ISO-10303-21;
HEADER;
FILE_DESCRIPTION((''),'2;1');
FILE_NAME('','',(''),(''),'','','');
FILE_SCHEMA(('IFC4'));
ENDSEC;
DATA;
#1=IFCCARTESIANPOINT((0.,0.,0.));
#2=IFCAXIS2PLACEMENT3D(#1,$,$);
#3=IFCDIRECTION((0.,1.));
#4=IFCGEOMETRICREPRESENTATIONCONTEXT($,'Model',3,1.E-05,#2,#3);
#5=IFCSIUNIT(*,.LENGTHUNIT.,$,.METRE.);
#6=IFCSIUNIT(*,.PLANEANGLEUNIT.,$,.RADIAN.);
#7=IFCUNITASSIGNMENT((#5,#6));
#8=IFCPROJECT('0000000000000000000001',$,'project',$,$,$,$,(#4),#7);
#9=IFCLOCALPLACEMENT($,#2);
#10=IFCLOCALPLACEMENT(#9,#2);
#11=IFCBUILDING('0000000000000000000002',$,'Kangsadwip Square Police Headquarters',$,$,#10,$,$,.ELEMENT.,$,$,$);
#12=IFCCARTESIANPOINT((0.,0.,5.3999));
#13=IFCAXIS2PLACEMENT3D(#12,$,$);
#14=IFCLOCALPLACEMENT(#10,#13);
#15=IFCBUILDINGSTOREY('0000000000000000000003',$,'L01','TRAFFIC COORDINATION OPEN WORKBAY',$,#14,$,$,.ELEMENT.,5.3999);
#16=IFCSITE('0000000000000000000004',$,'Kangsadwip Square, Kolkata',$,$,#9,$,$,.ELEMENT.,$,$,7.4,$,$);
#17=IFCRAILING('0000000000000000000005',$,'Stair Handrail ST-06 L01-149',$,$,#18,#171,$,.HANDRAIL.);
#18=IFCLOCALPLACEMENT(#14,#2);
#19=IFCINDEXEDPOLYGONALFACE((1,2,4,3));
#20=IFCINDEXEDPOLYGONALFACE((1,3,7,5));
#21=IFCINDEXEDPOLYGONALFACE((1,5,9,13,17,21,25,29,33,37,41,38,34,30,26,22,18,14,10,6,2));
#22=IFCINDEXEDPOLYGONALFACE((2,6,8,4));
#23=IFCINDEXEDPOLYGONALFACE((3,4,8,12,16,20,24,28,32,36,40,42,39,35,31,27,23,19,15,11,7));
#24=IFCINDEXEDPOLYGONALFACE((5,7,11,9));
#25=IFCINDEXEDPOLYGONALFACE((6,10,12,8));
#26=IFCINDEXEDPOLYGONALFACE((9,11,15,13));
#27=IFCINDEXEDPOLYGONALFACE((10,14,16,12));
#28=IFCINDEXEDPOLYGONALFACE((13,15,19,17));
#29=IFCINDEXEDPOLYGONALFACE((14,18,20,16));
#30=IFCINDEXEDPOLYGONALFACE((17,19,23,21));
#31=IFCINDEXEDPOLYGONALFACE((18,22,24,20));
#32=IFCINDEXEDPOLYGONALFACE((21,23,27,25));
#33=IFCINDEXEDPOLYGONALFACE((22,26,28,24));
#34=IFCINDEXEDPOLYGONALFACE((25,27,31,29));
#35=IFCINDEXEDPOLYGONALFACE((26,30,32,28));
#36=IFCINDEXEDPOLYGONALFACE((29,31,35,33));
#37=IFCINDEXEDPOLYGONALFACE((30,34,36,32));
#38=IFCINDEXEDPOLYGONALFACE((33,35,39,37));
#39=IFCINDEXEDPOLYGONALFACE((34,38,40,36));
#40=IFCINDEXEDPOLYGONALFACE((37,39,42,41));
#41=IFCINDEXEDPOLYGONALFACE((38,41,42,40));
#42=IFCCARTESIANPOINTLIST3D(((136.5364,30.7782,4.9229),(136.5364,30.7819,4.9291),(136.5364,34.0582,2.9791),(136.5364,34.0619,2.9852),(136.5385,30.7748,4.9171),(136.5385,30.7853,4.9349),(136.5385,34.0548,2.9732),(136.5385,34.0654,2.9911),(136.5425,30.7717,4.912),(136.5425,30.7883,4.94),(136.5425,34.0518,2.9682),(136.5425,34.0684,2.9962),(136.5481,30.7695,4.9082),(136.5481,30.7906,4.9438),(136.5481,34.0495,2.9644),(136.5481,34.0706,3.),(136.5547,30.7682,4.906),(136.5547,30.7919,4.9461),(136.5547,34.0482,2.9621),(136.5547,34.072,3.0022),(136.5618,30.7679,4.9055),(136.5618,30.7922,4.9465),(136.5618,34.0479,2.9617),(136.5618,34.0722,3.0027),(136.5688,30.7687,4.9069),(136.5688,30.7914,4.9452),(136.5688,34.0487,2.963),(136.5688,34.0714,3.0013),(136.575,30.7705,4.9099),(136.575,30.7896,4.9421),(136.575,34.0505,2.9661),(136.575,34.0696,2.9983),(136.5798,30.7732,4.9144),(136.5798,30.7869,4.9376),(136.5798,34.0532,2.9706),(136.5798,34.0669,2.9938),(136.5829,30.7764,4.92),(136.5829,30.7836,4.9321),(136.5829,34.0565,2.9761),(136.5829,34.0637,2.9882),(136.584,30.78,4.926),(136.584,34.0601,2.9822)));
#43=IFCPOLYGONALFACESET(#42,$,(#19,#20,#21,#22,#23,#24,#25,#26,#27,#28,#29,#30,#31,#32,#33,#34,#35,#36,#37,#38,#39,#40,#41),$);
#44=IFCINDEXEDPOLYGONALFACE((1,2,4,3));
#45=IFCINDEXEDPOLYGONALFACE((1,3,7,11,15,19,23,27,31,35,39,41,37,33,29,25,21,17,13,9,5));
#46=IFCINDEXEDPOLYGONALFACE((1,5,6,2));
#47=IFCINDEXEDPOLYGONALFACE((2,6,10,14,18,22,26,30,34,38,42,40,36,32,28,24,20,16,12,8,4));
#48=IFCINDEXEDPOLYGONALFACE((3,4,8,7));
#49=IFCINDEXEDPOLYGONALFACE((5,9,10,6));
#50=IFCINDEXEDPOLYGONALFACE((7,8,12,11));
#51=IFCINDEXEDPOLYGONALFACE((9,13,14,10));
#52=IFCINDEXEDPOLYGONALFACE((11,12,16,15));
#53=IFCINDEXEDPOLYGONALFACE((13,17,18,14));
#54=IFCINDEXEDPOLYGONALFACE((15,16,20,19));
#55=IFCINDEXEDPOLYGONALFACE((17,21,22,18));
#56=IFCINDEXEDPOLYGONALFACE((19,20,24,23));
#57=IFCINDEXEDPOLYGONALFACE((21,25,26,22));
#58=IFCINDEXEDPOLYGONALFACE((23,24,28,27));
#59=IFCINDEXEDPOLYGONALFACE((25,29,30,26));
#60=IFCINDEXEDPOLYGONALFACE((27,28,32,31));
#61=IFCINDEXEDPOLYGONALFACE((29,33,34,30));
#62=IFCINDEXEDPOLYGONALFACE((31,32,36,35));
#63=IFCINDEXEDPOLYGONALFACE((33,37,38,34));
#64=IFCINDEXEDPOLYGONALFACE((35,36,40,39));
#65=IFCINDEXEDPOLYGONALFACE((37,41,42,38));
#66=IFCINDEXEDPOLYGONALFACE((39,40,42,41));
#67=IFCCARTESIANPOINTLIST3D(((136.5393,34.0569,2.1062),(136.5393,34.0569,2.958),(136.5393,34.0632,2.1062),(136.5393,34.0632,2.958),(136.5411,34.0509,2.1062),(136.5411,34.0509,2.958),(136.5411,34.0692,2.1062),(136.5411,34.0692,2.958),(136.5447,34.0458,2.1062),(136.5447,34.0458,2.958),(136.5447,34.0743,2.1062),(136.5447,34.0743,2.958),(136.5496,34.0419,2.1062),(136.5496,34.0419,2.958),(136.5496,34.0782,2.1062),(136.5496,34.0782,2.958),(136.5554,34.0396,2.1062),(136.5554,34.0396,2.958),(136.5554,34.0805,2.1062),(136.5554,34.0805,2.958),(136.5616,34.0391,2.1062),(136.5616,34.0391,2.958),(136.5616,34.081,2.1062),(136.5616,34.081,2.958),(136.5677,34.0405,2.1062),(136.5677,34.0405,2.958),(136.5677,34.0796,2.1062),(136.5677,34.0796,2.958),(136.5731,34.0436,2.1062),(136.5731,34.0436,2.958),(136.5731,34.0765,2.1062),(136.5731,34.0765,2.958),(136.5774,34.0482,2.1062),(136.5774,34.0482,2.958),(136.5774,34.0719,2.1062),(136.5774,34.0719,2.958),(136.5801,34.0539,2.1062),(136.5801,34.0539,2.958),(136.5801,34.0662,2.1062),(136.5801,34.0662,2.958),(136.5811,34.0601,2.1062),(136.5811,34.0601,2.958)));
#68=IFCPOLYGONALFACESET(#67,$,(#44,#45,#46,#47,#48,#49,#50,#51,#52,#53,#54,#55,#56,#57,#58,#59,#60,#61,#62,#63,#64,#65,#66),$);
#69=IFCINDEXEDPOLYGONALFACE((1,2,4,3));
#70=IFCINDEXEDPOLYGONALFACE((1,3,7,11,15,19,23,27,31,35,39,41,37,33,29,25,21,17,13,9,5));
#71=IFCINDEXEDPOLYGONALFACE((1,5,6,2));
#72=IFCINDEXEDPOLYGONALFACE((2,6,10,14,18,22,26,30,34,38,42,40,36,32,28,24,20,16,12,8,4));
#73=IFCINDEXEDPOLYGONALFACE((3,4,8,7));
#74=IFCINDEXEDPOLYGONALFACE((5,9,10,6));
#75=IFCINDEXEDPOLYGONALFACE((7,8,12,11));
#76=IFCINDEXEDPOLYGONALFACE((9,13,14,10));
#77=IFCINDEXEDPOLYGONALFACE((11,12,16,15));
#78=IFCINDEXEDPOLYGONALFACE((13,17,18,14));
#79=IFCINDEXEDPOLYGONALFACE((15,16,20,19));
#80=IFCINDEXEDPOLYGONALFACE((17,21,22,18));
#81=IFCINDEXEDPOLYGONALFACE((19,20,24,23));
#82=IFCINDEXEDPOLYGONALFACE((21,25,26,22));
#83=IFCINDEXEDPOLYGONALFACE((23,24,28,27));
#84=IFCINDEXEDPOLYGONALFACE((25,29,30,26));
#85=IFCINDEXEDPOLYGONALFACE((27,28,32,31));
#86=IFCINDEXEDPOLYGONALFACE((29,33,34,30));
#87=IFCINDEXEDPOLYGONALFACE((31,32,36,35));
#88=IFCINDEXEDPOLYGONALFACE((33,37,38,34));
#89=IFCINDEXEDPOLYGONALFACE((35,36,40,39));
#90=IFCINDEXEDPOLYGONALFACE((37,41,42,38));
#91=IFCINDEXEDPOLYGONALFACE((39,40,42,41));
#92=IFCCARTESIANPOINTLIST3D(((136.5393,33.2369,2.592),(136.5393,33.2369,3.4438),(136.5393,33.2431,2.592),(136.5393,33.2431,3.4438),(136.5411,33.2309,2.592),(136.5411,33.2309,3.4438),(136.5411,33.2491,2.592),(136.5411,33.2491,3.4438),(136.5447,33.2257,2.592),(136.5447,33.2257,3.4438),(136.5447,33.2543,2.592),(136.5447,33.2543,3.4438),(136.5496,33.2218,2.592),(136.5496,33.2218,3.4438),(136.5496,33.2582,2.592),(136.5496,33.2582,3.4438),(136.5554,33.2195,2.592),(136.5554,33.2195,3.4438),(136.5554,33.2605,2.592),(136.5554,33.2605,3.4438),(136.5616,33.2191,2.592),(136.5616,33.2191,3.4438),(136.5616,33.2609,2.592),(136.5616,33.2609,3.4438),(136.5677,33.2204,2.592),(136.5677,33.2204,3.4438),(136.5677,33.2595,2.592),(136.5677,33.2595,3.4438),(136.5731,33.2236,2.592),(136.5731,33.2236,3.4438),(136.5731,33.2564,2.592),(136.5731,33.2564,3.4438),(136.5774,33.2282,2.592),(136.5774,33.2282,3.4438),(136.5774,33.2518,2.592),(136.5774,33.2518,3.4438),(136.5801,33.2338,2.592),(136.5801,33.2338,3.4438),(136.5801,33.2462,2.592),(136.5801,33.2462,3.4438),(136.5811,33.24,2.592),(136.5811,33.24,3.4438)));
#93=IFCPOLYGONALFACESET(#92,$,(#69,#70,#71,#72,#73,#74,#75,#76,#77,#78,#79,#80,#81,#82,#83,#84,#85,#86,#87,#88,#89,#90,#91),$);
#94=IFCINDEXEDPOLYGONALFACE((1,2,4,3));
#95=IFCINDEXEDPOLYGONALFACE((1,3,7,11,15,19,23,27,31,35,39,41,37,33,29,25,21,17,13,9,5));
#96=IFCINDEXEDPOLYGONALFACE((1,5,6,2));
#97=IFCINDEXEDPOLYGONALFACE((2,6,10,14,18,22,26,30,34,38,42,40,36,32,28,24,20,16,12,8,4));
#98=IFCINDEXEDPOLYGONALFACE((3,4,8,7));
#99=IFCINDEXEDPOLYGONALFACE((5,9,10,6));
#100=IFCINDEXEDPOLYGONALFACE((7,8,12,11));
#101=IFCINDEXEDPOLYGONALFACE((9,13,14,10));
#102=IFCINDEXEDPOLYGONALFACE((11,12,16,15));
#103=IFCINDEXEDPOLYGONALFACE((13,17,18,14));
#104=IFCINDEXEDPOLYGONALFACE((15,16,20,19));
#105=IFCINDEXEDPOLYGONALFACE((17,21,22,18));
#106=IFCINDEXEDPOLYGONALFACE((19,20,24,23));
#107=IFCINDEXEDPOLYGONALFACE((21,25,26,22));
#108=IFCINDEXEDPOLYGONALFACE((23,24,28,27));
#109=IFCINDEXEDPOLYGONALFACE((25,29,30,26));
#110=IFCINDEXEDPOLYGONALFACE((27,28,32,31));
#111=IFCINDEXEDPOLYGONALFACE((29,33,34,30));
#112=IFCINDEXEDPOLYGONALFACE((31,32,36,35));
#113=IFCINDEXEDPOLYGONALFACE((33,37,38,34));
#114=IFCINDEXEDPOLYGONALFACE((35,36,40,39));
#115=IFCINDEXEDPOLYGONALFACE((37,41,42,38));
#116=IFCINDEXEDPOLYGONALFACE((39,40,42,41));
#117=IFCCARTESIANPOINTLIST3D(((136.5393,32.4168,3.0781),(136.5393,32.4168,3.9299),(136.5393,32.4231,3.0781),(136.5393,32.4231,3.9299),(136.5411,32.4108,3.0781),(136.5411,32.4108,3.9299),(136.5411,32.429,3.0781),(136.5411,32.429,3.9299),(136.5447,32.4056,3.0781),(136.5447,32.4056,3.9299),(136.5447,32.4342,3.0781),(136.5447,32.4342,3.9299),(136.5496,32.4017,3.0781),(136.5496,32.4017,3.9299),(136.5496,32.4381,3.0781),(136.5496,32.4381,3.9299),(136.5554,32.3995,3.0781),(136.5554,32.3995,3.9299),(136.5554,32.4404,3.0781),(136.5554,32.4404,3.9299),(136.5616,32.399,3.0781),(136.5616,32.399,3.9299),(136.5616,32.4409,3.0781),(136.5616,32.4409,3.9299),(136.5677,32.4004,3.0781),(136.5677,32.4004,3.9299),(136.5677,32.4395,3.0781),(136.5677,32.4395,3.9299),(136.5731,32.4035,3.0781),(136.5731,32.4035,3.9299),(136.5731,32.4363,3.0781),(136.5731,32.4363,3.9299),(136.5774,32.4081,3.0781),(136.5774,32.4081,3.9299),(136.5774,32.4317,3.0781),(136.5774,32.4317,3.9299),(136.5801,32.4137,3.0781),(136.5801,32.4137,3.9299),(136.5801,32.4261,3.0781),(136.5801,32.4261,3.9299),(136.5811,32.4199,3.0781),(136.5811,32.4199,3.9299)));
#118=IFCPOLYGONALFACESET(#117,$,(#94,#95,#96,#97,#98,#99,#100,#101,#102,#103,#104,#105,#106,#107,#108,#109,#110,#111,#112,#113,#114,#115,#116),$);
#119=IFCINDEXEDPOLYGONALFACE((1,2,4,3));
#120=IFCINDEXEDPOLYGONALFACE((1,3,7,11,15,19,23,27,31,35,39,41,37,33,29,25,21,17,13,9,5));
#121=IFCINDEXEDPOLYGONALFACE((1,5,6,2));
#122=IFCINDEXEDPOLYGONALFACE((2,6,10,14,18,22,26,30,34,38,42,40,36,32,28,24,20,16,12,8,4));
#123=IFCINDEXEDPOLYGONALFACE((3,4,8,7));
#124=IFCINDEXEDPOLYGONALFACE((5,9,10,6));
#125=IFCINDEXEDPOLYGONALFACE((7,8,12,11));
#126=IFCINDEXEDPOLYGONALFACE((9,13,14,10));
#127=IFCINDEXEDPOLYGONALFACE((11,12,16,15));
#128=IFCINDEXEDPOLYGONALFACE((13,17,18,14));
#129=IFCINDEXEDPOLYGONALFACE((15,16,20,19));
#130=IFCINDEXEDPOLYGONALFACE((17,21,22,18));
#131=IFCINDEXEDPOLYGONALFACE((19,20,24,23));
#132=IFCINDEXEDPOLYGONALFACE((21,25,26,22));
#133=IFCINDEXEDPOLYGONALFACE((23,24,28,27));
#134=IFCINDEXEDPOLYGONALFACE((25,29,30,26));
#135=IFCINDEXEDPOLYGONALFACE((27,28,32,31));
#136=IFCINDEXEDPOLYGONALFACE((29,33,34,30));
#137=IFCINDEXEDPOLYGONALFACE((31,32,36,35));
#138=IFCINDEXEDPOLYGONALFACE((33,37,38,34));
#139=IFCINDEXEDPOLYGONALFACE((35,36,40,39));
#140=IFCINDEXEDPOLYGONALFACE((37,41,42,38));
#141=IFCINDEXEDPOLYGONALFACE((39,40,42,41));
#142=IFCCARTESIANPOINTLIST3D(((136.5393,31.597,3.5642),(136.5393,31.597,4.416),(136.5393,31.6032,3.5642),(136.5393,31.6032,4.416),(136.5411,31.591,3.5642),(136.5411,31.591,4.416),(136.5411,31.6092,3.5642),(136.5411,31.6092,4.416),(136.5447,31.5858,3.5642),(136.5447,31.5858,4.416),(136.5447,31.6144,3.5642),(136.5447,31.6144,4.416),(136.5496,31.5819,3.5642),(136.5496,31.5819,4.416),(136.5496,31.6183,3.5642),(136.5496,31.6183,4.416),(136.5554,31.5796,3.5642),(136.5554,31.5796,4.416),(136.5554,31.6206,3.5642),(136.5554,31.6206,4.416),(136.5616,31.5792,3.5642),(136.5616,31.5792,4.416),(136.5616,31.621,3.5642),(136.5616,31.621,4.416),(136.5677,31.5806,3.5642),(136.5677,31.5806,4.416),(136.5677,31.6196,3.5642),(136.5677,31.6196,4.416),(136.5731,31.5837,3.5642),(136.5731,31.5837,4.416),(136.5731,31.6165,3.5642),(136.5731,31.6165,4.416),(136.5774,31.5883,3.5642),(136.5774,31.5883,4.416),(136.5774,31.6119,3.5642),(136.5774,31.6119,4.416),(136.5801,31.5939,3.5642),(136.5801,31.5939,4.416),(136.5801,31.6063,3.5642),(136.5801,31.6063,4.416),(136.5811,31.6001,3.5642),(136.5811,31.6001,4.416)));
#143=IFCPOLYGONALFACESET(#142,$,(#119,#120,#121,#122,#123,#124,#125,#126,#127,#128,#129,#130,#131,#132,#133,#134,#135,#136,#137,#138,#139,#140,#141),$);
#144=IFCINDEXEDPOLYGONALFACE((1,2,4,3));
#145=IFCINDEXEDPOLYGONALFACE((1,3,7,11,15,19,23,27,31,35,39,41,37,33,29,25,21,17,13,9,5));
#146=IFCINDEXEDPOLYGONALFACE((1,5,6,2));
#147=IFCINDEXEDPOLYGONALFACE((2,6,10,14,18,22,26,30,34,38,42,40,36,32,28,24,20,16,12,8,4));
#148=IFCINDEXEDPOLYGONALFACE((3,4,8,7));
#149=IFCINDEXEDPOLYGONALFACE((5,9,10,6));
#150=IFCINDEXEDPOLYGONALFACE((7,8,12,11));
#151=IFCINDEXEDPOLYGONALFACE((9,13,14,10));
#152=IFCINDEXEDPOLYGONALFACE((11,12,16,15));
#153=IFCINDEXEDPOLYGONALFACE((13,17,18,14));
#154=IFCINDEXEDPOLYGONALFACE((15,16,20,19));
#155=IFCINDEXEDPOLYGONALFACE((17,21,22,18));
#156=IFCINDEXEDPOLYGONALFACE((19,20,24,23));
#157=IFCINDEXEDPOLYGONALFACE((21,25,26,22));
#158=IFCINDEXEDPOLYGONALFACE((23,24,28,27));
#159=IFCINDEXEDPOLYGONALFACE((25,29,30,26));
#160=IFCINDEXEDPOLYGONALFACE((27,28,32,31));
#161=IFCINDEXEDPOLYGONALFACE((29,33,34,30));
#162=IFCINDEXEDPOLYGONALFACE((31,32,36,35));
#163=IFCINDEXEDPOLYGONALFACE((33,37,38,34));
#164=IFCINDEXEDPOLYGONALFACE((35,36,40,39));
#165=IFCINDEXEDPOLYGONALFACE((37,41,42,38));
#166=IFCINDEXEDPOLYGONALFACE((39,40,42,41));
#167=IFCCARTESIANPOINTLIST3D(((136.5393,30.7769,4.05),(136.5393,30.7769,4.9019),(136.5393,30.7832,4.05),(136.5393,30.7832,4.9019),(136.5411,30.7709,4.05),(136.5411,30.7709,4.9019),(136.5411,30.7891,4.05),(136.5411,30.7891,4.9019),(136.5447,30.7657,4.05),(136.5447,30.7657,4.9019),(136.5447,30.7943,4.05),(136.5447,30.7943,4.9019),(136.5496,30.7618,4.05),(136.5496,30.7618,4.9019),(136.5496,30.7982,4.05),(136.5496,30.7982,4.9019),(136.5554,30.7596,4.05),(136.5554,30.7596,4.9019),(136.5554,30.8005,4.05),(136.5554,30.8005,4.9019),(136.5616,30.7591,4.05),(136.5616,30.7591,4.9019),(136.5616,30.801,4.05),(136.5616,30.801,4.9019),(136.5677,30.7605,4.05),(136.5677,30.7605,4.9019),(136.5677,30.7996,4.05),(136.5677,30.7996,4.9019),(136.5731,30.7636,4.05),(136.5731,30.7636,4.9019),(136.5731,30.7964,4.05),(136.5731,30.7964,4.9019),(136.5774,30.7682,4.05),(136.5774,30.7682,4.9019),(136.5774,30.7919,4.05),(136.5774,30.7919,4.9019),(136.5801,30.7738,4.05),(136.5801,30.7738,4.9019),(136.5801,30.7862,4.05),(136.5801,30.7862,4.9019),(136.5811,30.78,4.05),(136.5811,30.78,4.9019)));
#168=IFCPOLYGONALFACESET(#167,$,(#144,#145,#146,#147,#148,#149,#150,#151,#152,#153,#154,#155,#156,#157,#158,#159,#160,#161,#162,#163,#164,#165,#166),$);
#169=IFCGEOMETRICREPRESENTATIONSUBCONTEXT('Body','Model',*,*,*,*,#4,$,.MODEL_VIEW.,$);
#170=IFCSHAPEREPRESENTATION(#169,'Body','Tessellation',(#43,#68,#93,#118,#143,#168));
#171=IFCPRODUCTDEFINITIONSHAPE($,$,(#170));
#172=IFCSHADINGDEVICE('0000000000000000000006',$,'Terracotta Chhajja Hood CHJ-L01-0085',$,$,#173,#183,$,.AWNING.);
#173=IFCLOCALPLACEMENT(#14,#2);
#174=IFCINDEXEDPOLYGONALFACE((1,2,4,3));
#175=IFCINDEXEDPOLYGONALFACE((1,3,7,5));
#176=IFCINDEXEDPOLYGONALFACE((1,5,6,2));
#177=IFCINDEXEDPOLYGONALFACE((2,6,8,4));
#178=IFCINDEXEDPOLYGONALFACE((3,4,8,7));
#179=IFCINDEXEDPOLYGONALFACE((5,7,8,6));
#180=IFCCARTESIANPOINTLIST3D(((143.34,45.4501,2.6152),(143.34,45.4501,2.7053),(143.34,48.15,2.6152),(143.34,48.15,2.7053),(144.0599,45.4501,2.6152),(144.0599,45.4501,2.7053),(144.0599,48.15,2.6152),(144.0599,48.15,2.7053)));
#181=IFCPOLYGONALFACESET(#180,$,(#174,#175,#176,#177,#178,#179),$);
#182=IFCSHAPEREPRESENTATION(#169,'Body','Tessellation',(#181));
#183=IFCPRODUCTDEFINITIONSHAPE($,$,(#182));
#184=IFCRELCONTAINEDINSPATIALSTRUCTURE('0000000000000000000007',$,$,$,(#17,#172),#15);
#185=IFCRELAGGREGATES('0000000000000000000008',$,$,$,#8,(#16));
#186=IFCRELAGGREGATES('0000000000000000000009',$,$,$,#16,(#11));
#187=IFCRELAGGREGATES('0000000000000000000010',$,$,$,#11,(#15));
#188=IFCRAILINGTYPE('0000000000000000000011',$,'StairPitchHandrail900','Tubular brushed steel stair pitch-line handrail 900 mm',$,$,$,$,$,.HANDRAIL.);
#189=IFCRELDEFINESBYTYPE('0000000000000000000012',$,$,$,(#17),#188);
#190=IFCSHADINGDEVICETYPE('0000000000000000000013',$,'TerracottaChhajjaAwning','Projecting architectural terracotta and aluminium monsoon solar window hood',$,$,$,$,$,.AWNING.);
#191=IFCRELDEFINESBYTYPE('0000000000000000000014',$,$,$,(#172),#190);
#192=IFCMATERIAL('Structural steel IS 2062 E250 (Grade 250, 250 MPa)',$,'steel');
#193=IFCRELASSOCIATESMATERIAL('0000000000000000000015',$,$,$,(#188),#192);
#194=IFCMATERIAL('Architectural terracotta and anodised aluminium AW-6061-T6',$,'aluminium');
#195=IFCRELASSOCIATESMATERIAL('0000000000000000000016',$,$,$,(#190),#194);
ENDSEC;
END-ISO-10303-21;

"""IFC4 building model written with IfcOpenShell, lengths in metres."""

from ifc_helpers import new_model, si_unit, direction, frame, origin, origin_2d, place, context, subcontext, project, spatial, rectangle, circle, extrude, material, type_object, element, save


model = new_model("IFC4")

# Units and contexts
model_context = context("Model", 3, precision=1e-05, world=origin(), true_north=direction((0.0, 1.0)))
body_context = subcontext(model_context, "Body", "Model", "MODEL_VIEW")
ifc_project = project(units=[si_unit("LENGTHUNIT", "METRE"), si_unit("PLANEANGLEUNIT", "RADIAN")], contexts=[model_context])

# Site, building, storey
site_placement = place(None, origin())
site = spatial("IfcSite", under=ifc_project, at=site_placement, Name="Kangsadwip Square, Kolkata", CompositionType="ELEMENT", RefElevation=7.4)
building_placement = place(site_placement, origin())
building = spatial("IfcBuilding", under=site, at=building_placement, Name="Kangsadwip Square Police Headquarters", CompositionType="ELEMENT")
storey_placement = place(building_placement, frame((0.0, 0.0, 5.3999)))
storey = spatial("IfcBuildingStorey", under=building, at=storey_placement, Name="L01", Description="TRAFFIC COORDINATION OPEN WORKBAY", CompositionType="ELEMENT", Elevation=5.3999)

# Railing
ifc_material_1 = material(Name="Structural steel IS 2062 E250 (Grade 250, 250 MPa)", Category="steel")
railing_type = type_object("IfcRailingType", Name="StairPitchHandrail900", Description="Tubular brushed steel stair pitch-line handrail 900 mm", PredefinedType="HANDRAIL", material=ifc_material_1)
railing_placement = place(storey_placement, frame((136.5601, 34.0601, 2.1062)))
element("IfcRailing", 1, at=railing_placement, inside=storey, type_object=railing_type, Name="Stair Handrail ST-06 L01-149", PredefinedType="HANDRAIL", context=body_context, shape_type="SweptSolid", body=[
    extrude(circle(Radius=0.0239, at=origin_2d()), frame((0.0, 0.0, 0.876), z_axis=(0.0, -0.860277, 0.509827), x_axis=(1.0, 0.0, 0.0)), (0.0, 0.0, 1.0), 3.8127),
    extrude(circle(Radius=0.021, at=origin_2d()), origin(), (0.0, 0.0, 1.0), 0.8518),
    extrude(circle(Radius=0.021, at=origin_2d()), frame((0.0, -0.8201, 0.4858)), (0.0, 0.0, 1.0), 0.8518),
    extrude(circle(Radius=0.021, at=origin_2d()), frame((0.0, -1.6401, 0.9719)), (0.0, 0.0, 1.0), 0.8518),
    extrude(circle(Radius=0.021, at=origin_2d()), frame((0.0, -2.46, 1.458)), (0.0, 0.0, 1.0), 0.8518),
    extrude(circle(Radius=0.021, at=origin_2d()), frame((0.0, -3.28, 1.9438)), (0.0, 0.0, 1.0), 0.8518),
])

# Shading device
ifc_material_2 = material(Name="Architectural terracotta and anodised aluminium AW-6061-T6", Category="aluminium")
shading_device_type = type_object("IfcShadingDeviceType", Name="TerracottaChhajjaAwning", Description="Projecting architectural terracotta and aluminium monsoon solar window hood", PredefinedType="AWNING", material=ifc_material_2)
shading_device_placement = place(storey_placement, frame((143.7, 46.8, 2.6152), z_axis=(0.0, 0.0, 1.0), x_axis=(0.0, 1.0, 0.0)))
element("IfcShadingDevice", 2, at=shading_device_placement, inside=storey, type_object=shading_device_type, Name="Terracotta Chhajja Hood CHJ-L01-0085", PredefinedType="AWNING", context=body_context, shape_type="SweptSolid", body=[
    extrude(rectangle(XDim=2.7, YDim=0.72, at=origin_2d()), origin(), (0.0, 0.0, 1.0), 0.0901),
])

save(model, "model.ifc")
